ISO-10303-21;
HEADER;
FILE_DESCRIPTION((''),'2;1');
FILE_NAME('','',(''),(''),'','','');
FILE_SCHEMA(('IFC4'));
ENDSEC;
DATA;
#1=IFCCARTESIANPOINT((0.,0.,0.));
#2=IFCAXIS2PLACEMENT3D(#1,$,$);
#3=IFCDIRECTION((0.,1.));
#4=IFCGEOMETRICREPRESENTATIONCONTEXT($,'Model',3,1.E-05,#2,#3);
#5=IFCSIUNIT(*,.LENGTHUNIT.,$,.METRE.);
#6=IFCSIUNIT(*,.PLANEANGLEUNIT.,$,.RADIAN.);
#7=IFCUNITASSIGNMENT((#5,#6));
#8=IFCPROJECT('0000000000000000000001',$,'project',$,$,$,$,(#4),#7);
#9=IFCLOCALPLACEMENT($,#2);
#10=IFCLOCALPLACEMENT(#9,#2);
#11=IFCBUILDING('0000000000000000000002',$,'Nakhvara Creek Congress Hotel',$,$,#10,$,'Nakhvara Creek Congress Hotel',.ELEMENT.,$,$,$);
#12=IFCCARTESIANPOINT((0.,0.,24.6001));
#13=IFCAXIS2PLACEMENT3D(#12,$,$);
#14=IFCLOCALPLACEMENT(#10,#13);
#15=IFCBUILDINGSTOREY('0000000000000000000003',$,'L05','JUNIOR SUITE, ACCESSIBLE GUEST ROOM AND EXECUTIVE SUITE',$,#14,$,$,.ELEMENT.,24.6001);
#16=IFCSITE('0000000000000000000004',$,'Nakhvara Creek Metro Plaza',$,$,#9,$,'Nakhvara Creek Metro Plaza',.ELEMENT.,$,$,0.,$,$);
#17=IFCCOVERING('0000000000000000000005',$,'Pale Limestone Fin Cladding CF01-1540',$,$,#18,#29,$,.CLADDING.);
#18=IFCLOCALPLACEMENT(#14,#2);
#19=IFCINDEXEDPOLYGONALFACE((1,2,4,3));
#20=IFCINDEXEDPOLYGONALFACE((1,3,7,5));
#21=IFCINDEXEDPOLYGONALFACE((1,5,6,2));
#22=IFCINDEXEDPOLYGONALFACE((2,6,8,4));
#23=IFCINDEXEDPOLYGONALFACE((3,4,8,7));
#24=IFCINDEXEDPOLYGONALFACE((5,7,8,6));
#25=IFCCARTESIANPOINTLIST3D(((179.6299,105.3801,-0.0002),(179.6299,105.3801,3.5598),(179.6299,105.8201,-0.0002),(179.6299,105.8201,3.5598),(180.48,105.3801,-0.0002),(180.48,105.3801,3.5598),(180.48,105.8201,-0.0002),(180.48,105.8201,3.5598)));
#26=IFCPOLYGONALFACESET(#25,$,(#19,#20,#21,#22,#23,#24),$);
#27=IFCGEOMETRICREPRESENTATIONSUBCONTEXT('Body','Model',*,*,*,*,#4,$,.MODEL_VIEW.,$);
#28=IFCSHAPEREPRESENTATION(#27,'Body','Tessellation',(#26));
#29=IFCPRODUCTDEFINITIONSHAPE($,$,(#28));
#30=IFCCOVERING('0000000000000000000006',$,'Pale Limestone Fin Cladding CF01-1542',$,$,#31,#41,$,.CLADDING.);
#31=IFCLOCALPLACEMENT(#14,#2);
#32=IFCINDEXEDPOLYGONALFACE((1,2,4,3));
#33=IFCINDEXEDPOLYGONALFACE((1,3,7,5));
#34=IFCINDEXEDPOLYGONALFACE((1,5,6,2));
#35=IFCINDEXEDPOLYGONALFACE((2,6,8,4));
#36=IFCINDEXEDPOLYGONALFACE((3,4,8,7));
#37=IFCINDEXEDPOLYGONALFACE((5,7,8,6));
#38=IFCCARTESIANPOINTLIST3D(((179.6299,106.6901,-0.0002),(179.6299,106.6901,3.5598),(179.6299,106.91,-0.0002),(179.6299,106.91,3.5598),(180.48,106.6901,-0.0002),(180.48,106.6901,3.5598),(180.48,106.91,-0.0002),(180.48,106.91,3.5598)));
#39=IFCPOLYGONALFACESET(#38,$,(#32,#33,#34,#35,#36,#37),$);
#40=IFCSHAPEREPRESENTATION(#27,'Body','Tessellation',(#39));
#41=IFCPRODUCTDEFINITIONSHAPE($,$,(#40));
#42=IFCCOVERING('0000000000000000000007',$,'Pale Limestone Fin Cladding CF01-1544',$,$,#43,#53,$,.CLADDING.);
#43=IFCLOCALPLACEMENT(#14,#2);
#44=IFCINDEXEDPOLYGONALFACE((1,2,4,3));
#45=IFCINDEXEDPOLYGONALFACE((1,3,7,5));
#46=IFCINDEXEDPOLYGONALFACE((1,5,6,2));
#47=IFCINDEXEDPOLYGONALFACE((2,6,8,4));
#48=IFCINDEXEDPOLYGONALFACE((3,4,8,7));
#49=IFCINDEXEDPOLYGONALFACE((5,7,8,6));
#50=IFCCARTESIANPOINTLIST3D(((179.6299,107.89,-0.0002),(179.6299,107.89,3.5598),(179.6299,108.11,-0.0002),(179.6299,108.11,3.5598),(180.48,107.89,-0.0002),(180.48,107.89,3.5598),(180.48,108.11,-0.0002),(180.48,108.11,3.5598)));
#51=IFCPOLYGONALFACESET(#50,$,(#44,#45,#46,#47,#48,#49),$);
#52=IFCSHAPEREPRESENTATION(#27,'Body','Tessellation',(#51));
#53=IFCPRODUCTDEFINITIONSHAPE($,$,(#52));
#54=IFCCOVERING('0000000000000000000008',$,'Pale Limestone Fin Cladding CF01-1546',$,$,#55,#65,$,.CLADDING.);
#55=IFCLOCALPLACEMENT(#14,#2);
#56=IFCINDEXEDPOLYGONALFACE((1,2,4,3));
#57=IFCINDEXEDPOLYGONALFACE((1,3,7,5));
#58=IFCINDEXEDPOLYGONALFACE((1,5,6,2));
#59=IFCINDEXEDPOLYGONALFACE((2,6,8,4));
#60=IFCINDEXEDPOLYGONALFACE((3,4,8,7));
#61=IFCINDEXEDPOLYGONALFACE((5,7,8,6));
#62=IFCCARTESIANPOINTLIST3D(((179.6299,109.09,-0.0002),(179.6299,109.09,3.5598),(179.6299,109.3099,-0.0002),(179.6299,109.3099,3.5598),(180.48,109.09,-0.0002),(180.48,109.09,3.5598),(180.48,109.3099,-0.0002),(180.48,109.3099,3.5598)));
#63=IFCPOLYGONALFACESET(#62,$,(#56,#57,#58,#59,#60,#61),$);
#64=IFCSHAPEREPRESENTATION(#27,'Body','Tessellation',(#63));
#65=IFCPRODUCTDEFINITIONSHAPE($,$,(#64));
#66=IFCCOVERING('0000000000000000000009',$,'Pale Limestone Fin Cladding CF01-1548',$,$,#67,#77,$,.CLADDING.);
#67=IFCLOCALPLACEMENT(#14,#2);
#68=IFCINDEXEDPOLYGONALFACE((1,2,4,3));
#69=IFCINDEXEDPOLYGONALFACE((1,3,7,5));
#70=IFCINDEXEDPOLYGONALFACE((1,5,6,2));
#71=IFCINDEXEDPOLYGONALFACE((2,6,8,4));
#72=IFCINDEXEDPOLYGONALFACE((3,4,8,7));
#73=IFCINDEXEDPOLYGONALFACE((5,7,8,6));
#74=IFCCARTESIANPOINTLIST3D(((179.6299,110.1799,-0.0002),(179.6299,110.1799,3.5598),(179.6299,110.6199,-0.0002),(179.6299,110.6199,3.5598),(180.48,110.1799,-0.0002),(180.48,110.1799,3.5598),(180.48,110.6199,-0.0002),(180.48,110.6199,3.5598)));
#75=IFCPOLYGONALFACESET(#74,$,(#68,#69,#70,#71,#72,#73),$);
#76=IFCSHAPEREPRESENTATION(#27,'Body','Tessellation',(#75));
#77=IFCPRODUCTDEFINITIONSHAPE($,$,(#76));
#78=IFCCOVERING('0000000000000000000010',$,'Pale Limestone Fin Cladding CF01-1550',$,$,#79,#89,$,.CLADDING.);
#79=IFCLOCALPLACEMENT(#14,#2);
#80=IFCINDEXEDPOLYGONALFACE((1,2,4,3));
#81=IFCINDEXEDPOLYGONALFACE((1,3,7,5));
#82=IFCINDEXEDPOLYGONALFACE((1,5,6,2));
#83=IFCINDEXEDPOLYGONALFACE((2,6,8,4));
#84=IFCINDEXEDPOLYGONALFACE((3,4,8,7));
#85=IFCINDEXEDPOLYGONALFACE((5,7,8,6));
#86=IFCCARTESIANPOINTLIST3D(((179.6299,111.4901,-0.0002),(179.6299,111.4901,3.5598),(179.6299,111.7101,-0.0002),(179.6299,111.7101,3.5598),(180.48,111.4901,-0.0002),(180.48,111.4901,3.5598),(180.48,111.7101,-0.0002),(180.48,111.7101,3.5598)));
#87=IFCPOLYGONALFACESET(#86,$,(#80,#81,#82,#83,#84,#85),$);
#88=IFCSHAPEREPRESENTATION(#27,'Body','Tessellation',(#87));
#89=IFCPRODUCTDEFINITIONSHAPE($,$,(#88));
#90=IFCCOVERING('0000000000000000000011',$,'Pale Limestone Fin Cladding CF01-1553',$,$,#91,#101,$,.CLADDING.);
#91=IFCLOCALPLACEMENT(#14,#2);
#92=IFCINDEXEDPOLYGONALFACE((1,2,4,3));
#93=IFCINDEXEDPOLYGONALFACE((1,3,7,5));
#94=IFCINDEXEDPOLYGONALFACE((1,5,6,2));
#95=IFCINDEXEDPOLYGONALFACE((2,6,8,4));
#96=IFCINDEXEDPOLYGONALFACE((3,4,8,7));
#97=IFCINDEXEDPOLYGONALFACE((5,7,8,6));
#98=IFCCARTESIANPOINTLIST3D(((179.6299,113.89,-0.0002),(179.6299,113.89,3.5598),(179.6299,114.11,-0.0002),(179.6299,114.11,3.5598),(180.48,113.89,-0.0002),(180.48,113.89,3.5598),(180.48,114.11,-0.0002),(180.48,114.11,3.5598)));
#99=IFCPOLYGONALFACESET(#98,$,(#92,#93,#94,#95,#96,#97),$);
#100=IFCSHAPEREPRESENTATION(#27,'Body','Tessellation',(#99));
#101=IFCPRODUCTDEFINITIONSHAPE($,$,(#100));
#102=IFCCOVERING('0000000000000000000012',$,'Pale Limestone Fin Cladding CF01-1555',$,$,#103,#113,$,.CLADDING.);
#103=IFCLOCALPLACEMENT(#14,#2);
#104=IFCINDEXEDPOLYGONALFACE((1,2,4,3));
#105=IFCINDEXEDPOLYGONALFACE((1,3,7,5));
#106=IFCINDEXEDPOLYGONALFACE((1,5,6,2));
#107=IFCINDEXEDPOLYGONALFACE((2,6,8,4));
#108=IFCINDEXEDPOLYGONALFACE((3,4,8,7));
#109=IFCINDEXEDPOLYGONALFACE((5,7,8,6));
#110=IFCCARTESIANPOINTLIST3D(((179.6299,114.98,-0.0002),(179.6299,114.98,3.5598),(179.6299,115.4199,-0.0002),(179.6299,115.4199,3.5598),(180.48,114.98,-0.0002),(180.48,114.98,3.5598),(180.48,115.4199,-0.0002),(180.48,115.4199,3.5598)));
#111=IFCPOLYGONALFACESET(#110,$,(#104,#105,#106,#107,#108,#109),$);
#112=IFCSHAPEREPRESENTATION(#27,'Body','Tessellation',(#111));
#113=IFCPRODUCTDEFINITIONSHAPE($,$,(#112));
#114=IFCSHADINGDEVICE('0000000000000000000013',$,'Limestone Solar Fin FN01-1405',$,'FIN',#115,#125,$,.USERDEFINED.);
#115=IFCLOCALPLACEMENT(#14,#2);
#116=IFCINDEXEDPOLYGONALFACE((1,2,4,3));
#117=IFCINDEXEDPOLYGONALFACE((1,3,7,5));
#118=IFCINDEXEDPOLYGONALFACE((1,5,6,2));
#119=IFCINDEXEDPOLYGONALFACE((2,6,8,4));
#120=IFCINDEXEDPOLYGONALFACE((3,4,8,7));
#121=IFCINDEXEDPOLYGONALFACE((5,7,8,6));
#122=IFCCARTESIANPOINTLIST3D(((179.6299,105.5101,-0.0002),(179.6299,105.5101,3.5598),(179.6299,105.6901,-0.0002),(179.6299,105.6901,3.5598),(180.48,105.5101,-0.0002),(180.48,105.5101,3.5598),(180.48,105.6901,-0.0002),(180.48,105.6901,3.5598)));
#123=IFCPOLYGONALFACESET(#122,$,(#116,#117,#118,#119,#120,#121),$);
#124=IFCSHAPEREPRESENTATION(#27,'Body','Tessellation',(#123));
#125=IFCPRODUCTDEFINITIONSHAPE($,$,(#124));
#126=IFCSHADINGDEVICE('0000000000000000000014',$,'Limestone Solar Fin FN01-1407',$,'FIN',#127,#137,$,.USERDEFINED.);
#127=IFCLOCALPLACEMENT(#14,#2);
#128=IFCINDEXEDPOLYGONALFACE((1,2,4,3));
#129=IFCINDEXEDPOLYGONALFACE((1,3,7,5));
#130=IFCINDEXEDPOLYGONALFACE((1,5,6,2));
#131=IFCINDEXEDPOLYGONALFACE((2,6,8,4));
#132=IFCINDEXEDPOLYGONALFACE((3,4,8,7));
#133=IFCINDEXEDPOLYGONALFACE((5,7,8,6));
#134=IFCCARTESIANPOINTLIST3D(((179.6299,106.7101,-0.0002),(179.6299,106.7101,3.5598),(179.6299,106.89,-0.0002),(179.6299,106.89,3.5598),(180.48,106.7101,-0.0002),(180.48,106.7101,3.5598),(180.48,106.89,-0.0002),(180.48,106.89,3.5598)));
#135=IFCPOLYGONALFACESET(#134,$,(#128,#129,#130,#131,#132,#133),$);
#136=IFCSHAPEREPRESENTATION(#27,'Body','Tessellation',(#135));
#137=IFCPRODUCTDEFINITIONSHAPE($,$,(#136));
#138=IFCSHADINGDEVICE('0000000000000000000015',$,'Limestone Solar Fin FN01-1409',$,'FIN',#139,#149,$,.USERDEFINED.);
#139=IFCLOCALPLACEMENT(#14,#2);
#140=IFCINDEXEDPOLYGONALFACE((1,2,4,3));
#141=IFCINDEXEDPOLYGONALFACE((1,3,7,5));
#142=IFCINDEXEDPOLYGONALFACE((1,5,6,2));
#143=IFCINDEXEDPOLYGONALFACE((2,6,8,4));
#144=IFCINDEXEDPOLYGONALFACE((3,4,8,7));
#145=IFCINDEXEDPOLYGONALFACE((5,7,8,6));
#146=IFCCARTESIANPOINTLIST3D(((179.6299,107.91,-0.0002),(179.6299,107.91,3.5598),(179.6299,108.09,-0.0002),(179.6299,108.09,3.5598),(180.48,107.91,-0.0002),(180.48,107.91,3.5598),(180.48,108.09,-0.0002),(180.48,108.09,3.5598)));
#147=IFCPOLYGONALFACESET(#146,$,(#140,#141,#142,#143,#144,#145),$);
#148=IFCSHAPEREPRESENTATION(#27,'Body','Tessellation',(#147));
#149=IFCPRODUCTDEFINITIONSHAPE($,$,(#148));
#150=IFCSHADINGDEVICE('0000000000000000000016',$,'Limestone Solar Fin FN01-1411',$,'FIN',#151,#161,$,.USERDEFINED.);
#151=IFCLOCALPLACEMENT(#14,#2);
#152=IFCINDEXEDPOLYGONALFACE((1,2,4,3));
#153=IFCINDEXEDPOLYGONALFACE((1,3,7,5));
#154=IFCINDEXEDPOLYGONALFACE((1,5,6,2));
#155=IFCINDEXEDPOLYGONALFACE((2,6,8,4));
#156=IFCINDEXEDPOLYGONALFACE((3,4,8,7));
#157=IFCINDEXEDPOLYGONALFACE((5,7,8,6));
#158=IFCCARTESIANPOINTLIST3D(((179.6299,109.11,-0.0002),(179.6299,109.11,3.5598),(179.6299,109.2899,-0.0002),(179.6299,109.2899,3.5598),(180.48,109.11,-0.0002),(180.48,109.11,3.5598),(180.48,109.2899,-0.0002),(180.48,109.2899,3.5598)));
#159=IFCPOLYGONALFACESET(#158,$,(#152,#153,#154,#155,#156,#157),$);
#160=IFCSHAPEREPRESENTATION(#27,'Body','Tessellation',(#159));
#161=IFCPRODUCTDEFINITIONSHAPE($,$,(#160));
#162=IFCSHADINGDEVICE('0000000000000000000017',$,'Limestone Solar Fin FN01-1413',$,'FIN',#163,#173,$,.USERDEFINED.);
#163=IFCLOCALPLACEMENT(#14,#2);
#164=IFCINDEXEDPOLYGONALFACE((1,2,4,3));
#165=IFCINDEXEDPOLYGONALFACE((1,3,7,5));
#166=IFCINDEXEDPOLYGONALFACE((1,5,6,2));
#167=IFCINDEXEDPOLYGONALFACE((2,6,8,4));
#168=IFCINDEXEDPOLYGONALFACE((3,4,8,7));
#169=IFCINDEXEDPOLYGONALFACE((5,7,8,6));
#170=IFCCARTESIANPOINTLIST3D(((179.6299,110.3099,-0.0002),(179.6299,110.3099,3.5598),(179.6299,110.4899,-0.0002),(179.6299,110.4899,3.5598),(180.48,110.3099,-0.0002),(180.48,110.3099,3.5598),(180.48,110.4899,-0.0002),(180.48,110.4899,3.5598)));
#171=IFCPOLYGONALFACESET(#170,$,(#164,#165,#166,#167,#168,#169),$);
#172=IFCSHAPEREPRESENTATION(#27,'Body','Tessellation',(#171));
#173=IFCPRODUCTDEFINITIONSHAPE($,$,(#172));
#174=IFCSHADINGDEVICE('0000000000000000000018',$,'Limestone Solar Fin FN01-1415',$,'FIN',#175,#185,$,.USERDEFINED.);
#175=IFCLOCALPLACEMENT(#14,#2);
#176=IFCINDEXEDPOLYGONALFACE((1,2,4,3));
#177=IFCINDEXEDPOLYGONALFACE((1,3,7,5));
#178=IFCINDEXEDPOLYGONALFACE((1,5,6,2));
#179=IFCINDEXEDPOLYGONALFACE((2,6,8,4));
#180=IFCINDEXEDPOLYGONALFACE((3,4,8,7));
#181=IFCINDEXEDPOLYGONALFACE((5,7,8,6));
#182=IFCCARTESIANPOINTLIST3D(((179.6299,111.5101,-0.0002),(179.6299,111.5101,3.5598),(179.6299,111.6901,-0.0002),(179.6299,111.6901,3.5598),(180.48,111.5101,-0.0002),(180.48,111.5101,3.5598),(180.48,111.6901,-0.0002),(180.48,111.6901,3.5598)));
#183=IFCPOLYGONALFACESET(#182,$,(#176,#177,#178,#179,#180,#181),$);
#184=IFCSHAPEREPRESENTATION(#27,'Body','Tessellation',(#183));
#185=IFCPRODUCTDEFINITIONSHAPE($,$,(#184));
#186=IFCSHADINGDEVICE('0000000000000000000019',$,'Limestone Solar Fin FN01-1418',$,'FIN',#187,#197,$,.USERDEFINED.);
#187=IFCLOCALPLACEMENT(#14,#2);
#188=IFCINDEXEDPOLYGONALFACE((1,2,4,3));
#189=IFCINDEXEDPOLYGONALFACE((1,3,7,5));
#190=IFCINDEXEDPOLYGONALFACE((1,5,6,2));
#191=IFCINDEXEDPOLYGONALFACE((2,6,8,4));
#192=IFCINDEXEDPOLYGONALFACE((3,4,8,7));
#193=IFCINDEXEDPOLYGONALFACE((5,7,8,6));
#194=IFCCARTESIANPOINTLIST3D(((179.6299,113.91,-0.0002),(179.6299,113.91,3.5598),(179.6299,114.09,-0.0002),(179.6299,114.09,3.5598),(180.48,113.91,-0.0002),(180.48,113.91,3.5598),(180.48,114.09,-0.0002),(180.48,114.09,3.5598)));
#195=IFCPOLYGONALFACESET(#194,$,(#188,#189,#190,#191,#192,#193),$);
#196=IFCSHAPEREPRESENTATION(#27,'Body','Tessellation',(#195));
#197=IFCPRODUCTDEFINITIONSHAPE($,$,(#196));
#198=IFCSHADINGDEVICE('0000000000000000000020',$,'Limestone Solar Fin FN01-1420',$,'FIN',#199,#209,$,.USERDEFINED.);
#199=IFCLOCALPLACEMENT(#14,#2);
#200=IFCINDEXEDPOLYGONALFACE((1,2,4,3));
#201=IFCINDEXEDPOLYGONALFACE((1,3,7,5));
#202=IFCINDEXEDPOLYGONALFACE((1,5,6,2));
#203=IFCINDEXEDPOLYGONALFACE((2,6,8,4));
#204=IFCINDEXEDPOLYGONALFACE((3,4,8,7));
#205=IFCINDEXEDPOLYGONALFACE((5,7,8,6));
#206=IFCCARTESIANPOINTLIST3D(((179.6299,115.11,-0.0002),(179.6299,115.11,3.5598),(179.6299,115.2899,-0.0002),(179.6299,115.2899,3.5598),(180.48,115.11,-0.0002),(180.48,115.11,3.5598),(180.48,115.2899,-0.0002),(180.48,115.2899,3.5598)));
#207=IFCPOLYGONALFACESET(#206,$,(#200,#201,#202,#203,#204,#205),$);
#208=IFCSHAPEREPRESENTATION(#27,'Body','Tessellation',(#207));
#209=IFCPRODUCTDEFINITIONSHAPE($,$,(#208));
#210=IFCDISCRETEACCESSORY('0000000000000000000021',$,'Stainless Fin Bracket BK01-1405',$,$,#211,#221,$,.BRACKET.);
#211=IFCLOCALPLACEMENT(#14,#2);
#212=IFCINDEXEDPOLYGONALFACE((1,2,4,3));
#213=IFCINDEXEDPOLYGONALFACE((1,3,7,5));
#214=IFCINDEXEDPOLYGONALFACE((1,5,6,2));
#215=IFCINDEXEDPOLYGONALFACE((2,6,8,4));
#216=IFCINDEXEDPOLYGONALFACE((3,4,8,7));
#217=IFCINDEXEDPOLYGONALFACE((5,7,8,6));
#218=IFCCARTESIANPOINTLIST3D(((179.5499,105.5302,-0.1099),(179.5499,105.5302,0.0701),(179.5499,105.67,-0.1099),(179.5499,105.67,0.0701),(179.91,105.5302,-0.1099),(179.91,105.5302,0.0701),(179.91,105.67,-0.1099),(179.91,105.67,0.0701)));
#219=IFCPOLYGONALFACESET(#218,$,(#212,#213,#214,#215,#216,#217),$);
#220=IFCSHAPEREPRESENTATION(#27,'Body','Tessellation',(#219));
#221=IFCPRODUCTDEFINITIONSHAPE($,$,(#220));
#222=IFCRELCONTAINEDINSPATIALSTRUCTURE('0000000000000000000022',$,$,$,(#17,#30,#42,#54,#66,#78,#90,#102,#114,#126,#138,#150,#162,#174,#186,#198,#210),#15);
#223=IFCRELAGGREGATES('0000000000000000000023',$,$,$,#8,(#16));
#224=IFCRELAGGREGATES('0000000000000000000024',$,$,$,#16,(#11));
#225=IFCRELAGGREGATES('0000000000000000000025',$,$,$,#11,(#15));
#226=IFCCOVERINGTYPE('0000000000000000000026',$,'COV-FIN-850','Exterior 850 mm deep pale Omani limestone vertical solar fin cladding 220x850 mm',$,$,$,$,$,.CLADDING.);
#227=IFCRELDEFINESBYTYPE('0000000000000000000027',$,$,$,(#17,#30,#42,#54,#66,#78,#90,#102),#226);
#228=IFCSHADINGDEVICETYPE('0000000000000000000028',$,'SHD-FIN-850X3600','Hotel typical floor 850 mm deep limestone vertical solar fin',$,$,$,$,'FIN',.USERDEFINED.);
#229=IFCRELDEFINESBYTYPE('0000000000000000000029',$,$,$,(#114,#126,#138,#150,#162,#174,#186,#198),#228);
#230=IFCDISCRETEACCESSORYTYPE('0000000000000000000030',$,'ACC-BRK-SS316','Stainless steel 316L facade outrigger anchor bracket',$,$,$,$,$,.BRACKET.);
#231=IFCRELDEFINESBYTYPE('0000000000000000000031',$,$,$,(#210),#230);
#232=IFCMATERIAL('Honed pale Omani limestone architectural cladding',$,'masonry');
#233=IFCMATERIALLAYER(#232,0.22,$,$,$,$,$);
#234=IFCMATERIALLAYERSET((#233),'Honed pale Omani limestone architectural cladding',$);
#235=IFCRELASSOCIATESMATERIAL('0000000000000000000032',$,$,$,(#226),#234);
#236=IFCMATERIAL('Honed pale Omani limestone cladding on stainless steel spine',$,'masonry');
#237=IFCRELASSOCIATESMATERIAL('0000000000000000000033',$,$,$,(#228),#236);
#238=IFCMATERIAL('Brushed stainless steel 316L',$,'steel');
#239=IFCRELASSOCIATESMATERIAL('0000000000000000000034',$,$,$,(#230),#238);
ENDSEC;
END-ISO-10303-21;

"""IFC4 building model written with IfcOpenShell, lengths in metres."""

from ifc_helpers import new_model, si_unit, direction, frame, origin, origin_2d, place, context, subcontext, project, spatial, rectangle, extrude, material, layer, layer_set, type_object, element, save


model = new_model("IFC4")

# Units and contexts
model_context = context("Model", 3, precision=1e-05, world=origin(), true_north=direction((0.0, 1.0)))
body_context = subcontext(model_context, "Body", "Model", "MODEL_VIEW")
ifc_project = project(units=[si_unit("LENGTHUNIT", "METRE"), si_unit("PLANEANGLEUNIT", "RADIAN")], contexts=[model_context])

# Site, building, storey
site_placement = place(None, origin())
site = spatial("IfcSite", under=ifc_project, at=site_placement, Name="Nakhvara Creek Metro Plaza", LongName="Nakhvara Creek Metro Plaza", CompositionType="ELEMENT", RefElevation=0.0)
building_placement = place(site_placement, origin())
building = spatial("IfcBuilding", under=site, at=building_placement, Name="Nakhvara Creek Congress Hotel", LongName="Nakhvara Creek Congress Hotel", CompositionType="ELEMENT")
storey_placement = place(building_placement, frame((0.0, 0.0, 24.6001)))
storey = spatial("IfcBuildingStorey", under=building, at=storey_placement, Name="L05", Description="JUNIOR SUITE, ACCESSIBLE GUEST ROOM AND EXECUTIVE SUITE", CompositionType="ELEMENT", Elevation=24.6001)

# Coverings
ifc_material_1 = material(Name="Honed pale Omani limestone architectural cladding", Category="masonry")
ifc_layer = layer(ifc_material_1, 0.22)
ifc_layer_set = layer_set([ifc_layer], Name="Honed pale Omani limestone architectural cladding")
covering_type = type_object("IfcCoveringType", Name="COV-FIN-850", Description="Exterior 850 mm deep pale Omani limestone vertical solar fin cladding 220x850 mm", PredefinedType="CLADDING", material=ifc_layer_set)
covering_1_placement = place(storey_placement, frame((180.0549, 105.6001, -0.0002), z_axis=(0.0, 0.0, 1.0), x_axis=(0.0, 1.0, 0.0)))
element("IfcCovering", 1, at=covering_1_placement, inside=storey, type_object=covering_type, Name="Pale Limestone Fin Cladding CF01-1540", PredefinedType="CLADDING", context=body_context, shape_type="SweptSolid", body=[
    extrude(rectangle(XDim=0.4399, YDim=0.8501, at=origin_2d()), origin(), (0.0, 0.0, 1.0), 3.5601),
])
for number, where, z_axis, x_axis, name in (
    (2, (180.0549, 106.8, -0.0002), (0.0, 0.0, 1.0), (0.0, 1.0, 0.0), "Pale Limestone Fin Cladding CF01-1542"),
    (3, (180.0549, 108.0, -0.0002), (0.0, 0.0, 1.0), (0.0, 1.0, 0.0), "Pale Limestone Fin Cladding CF01-1544"),
    (4, (180.0549, 109.2, -0.0002), (0.0, 0.0, 1.0), (0.0, 1.0, 0.0), "Pale Limestone Fin Cladding CF01-1546"),
):
    element("IfcCovering", number, at=place(storey_placement, frame(where, z_axis=z_axis, x_axis=x_axis)), inside=storey, type_object=covering_type, Name=name, PredefinedType="CLADDING", context=body_context, shape_type="SweptSolid", body=[
        extrude(rectangle(XDim=0.22, YDim=0.8501, at=origin_2d()), origin(), (0.0, 0.0, 1.0), 3.5601),
    ])
covering_2_placement = place(storey_placement, frame((180.0549, 110.3999, -0.0002), z_axis=(0.0, 0.0, 1.0), x_axis=(0.0, 1.0, 0.0)))
element("IfcCovering", 5, at=covering_2_placement, inside=storey, type_object=covering_type, Name="Pale Limestone Fin Cladding CF01-1548", PredefinedType="CLADDING", context=body_context, shape_type="SweptSolid", body=[
    extrude(rectangle(XDim=0.4399, YDim=0.8501, at=origin_2d()), origin(), (0.0, 0.0, 1.0), 3.5601),
])
for number, where, z_axis, x_axis, name in (
    (6, (180.0549, 111.6001, -0.0002), (0.0, 0.0, 1.0), (0.0, 1.0, 0.0), "Pale Limestone Fin Cladding CF01-1550"),
    (7, (180.0549, 114.0, -0.0002), (0.0, 0.0, 1.0), (0.0, 1.0, 0.0), "Pale Limestone Fin Cladding CF01-1553"),
):
    element("IfcCovering", number, at=place(storey_placement, frame(where, z_axis=z_axis, x_axis=x_axis)), inside=storey, type_object=covering_type, Name=name, PredefinedType="CLADDING", context=body_context, shape_type="SweptSolid", body=[
        extrude(rectangle(XDim=0.22, YDim=0.8501, at=origin_2d()), origin(), (0.0, 0.0, 1.0), 3.5601),
    ])
covering_3_placement = place(storey_placement, frame((180.0549, 115.2, -0.0002), z_axis=(0.0, 0.0, 1.0), x_axis=(0.0, 1.0, 0.0)))
element("IfcCovering", 8, at=covering_3_placement, inside=storey, type_object=covering_type, Name="Pale Limestone Fin Cladding CF01-1555", PredefinedType="CLADDING", context=body_context, shape_type="SweptSolid", body=[
    extrude(rectangle(XDim=0.4399, YDim=0.8501, at=origin_2d()), origin(), (0.0, 0.0, 1.0), 3.5601),
])

# Shading devices
ifc_material_2 = material(Name="Honed pale Omani limestone cladding on stainless steel spine", Category="masonry")
shading_device_type = type_object("IfcShadingDeviceType", Name="SHD-FIN-850X3600", Description="Hotel typical floor 850 mm deep limestone vertical solar fin", ElementType="FIN", PredefinedType="USERDEFINED", material=ifc_material_2)
for number, where, z_axis, x_axis, name in (
    (9, (180.0549, 105.6001, -0.0002), (0.0, 0.0, 1.0), (0.0, 1.0, 0.0), "Limestone Solar Fin FN01-1405"),
    (10, (180.0549, 106.8, -0.0002), (0.0, 0.0, 1.0), (0.0, 1.0, 0.0), "Limestone Solar Fin FN01-1407"),
    (11, (180.0549, 108.0, -0.0002), (0.0, 0.0, 1.0), (0.0, 1.0, 0.0), "Limestone Solar Fin FN01-1409"),
    (12, (180.0549, 109.2, -0.0002), (0.0, 0.0, 1.0), (0.0, 1.0, 0.0), "Limestone Solar Fin FN01-1411"),
    (13, (180.0549, 110.3999, -0.0002), (0.0, 0.0, 1.0), (0.0, 1.0, 0.0), "Limestone Solar Fin FN01-1413"),
    (14, (180.0549, 111.6001, -0.0002), (0.0, 0.0, 1.0), (0.0, 1.0, 0.0), "Limestone Solar Fin FN01-1415"),
    (15, (180.0549, 114.0, -0.0002), (0.0, 0.0, 1.0), (0.0, 1.0, 0.0), "Limestone Solar Fin FN01-1418"),
    (16, (180.0549, 115.2, -0.0002), (0.0, 0.0, 1.0), (0.0, 1.0, 0.0), "Limestone Solar Fin FN01-1420"),
):
    element("IfcShadingDevice", number, at=place(storey_placement, frame(where, z_axis=z_axis, x_axis=x_axis)), inside=storey, type_object=shading_device_type, Name=name, ObjectType="FIN", PredefinedType="USERDEFINED", context=body_context, shape_type="SweptSolid", body=[
        extrude(rectangle(XDim=0.1799, YDim=0.8501, at=origin_2d()), origin(), (0.0, 0.0, 1.0), 3.5601),
    ])

# Discrete accessory
ifc_material_3 = material(Name="Brushed stainless steel 316L", Category="steel")
discrete_accessory_type = type_object("IfcDiscreteAccessoryType", Name="ACC-BRK-SS316", Description="Stainless steel 316L facade outrigger anchor bracket", PredefinedType="BRACKET", material=ifc_material_3)
for number, where, z_axis, x_axis, name in (
    (17, (179.73, 105.6001, -0.1099), (0.0, 0.0, 1.0), (0.0, 1.0, 0.0), "Stainless Fin Bracket BK01-1405"),
):
    element("IfcDiscreteAccessory", number, at=place(storey_placement, frame(where, z_axis=z_axis, x_axis=x_axis)), inside=storey, type_object=discrete_accessory_type, Name=name, PredefinedType="BRACKET", context=body_context, shape_type="SweptSolid", body=[
        extrude(rectangle(XDim=0.1399, YDim=0.3601, at=origin_2d()), origin(), (0.0, 0.0, 1.0), 0.1799),
    ])

save(model, "model.ifc")
